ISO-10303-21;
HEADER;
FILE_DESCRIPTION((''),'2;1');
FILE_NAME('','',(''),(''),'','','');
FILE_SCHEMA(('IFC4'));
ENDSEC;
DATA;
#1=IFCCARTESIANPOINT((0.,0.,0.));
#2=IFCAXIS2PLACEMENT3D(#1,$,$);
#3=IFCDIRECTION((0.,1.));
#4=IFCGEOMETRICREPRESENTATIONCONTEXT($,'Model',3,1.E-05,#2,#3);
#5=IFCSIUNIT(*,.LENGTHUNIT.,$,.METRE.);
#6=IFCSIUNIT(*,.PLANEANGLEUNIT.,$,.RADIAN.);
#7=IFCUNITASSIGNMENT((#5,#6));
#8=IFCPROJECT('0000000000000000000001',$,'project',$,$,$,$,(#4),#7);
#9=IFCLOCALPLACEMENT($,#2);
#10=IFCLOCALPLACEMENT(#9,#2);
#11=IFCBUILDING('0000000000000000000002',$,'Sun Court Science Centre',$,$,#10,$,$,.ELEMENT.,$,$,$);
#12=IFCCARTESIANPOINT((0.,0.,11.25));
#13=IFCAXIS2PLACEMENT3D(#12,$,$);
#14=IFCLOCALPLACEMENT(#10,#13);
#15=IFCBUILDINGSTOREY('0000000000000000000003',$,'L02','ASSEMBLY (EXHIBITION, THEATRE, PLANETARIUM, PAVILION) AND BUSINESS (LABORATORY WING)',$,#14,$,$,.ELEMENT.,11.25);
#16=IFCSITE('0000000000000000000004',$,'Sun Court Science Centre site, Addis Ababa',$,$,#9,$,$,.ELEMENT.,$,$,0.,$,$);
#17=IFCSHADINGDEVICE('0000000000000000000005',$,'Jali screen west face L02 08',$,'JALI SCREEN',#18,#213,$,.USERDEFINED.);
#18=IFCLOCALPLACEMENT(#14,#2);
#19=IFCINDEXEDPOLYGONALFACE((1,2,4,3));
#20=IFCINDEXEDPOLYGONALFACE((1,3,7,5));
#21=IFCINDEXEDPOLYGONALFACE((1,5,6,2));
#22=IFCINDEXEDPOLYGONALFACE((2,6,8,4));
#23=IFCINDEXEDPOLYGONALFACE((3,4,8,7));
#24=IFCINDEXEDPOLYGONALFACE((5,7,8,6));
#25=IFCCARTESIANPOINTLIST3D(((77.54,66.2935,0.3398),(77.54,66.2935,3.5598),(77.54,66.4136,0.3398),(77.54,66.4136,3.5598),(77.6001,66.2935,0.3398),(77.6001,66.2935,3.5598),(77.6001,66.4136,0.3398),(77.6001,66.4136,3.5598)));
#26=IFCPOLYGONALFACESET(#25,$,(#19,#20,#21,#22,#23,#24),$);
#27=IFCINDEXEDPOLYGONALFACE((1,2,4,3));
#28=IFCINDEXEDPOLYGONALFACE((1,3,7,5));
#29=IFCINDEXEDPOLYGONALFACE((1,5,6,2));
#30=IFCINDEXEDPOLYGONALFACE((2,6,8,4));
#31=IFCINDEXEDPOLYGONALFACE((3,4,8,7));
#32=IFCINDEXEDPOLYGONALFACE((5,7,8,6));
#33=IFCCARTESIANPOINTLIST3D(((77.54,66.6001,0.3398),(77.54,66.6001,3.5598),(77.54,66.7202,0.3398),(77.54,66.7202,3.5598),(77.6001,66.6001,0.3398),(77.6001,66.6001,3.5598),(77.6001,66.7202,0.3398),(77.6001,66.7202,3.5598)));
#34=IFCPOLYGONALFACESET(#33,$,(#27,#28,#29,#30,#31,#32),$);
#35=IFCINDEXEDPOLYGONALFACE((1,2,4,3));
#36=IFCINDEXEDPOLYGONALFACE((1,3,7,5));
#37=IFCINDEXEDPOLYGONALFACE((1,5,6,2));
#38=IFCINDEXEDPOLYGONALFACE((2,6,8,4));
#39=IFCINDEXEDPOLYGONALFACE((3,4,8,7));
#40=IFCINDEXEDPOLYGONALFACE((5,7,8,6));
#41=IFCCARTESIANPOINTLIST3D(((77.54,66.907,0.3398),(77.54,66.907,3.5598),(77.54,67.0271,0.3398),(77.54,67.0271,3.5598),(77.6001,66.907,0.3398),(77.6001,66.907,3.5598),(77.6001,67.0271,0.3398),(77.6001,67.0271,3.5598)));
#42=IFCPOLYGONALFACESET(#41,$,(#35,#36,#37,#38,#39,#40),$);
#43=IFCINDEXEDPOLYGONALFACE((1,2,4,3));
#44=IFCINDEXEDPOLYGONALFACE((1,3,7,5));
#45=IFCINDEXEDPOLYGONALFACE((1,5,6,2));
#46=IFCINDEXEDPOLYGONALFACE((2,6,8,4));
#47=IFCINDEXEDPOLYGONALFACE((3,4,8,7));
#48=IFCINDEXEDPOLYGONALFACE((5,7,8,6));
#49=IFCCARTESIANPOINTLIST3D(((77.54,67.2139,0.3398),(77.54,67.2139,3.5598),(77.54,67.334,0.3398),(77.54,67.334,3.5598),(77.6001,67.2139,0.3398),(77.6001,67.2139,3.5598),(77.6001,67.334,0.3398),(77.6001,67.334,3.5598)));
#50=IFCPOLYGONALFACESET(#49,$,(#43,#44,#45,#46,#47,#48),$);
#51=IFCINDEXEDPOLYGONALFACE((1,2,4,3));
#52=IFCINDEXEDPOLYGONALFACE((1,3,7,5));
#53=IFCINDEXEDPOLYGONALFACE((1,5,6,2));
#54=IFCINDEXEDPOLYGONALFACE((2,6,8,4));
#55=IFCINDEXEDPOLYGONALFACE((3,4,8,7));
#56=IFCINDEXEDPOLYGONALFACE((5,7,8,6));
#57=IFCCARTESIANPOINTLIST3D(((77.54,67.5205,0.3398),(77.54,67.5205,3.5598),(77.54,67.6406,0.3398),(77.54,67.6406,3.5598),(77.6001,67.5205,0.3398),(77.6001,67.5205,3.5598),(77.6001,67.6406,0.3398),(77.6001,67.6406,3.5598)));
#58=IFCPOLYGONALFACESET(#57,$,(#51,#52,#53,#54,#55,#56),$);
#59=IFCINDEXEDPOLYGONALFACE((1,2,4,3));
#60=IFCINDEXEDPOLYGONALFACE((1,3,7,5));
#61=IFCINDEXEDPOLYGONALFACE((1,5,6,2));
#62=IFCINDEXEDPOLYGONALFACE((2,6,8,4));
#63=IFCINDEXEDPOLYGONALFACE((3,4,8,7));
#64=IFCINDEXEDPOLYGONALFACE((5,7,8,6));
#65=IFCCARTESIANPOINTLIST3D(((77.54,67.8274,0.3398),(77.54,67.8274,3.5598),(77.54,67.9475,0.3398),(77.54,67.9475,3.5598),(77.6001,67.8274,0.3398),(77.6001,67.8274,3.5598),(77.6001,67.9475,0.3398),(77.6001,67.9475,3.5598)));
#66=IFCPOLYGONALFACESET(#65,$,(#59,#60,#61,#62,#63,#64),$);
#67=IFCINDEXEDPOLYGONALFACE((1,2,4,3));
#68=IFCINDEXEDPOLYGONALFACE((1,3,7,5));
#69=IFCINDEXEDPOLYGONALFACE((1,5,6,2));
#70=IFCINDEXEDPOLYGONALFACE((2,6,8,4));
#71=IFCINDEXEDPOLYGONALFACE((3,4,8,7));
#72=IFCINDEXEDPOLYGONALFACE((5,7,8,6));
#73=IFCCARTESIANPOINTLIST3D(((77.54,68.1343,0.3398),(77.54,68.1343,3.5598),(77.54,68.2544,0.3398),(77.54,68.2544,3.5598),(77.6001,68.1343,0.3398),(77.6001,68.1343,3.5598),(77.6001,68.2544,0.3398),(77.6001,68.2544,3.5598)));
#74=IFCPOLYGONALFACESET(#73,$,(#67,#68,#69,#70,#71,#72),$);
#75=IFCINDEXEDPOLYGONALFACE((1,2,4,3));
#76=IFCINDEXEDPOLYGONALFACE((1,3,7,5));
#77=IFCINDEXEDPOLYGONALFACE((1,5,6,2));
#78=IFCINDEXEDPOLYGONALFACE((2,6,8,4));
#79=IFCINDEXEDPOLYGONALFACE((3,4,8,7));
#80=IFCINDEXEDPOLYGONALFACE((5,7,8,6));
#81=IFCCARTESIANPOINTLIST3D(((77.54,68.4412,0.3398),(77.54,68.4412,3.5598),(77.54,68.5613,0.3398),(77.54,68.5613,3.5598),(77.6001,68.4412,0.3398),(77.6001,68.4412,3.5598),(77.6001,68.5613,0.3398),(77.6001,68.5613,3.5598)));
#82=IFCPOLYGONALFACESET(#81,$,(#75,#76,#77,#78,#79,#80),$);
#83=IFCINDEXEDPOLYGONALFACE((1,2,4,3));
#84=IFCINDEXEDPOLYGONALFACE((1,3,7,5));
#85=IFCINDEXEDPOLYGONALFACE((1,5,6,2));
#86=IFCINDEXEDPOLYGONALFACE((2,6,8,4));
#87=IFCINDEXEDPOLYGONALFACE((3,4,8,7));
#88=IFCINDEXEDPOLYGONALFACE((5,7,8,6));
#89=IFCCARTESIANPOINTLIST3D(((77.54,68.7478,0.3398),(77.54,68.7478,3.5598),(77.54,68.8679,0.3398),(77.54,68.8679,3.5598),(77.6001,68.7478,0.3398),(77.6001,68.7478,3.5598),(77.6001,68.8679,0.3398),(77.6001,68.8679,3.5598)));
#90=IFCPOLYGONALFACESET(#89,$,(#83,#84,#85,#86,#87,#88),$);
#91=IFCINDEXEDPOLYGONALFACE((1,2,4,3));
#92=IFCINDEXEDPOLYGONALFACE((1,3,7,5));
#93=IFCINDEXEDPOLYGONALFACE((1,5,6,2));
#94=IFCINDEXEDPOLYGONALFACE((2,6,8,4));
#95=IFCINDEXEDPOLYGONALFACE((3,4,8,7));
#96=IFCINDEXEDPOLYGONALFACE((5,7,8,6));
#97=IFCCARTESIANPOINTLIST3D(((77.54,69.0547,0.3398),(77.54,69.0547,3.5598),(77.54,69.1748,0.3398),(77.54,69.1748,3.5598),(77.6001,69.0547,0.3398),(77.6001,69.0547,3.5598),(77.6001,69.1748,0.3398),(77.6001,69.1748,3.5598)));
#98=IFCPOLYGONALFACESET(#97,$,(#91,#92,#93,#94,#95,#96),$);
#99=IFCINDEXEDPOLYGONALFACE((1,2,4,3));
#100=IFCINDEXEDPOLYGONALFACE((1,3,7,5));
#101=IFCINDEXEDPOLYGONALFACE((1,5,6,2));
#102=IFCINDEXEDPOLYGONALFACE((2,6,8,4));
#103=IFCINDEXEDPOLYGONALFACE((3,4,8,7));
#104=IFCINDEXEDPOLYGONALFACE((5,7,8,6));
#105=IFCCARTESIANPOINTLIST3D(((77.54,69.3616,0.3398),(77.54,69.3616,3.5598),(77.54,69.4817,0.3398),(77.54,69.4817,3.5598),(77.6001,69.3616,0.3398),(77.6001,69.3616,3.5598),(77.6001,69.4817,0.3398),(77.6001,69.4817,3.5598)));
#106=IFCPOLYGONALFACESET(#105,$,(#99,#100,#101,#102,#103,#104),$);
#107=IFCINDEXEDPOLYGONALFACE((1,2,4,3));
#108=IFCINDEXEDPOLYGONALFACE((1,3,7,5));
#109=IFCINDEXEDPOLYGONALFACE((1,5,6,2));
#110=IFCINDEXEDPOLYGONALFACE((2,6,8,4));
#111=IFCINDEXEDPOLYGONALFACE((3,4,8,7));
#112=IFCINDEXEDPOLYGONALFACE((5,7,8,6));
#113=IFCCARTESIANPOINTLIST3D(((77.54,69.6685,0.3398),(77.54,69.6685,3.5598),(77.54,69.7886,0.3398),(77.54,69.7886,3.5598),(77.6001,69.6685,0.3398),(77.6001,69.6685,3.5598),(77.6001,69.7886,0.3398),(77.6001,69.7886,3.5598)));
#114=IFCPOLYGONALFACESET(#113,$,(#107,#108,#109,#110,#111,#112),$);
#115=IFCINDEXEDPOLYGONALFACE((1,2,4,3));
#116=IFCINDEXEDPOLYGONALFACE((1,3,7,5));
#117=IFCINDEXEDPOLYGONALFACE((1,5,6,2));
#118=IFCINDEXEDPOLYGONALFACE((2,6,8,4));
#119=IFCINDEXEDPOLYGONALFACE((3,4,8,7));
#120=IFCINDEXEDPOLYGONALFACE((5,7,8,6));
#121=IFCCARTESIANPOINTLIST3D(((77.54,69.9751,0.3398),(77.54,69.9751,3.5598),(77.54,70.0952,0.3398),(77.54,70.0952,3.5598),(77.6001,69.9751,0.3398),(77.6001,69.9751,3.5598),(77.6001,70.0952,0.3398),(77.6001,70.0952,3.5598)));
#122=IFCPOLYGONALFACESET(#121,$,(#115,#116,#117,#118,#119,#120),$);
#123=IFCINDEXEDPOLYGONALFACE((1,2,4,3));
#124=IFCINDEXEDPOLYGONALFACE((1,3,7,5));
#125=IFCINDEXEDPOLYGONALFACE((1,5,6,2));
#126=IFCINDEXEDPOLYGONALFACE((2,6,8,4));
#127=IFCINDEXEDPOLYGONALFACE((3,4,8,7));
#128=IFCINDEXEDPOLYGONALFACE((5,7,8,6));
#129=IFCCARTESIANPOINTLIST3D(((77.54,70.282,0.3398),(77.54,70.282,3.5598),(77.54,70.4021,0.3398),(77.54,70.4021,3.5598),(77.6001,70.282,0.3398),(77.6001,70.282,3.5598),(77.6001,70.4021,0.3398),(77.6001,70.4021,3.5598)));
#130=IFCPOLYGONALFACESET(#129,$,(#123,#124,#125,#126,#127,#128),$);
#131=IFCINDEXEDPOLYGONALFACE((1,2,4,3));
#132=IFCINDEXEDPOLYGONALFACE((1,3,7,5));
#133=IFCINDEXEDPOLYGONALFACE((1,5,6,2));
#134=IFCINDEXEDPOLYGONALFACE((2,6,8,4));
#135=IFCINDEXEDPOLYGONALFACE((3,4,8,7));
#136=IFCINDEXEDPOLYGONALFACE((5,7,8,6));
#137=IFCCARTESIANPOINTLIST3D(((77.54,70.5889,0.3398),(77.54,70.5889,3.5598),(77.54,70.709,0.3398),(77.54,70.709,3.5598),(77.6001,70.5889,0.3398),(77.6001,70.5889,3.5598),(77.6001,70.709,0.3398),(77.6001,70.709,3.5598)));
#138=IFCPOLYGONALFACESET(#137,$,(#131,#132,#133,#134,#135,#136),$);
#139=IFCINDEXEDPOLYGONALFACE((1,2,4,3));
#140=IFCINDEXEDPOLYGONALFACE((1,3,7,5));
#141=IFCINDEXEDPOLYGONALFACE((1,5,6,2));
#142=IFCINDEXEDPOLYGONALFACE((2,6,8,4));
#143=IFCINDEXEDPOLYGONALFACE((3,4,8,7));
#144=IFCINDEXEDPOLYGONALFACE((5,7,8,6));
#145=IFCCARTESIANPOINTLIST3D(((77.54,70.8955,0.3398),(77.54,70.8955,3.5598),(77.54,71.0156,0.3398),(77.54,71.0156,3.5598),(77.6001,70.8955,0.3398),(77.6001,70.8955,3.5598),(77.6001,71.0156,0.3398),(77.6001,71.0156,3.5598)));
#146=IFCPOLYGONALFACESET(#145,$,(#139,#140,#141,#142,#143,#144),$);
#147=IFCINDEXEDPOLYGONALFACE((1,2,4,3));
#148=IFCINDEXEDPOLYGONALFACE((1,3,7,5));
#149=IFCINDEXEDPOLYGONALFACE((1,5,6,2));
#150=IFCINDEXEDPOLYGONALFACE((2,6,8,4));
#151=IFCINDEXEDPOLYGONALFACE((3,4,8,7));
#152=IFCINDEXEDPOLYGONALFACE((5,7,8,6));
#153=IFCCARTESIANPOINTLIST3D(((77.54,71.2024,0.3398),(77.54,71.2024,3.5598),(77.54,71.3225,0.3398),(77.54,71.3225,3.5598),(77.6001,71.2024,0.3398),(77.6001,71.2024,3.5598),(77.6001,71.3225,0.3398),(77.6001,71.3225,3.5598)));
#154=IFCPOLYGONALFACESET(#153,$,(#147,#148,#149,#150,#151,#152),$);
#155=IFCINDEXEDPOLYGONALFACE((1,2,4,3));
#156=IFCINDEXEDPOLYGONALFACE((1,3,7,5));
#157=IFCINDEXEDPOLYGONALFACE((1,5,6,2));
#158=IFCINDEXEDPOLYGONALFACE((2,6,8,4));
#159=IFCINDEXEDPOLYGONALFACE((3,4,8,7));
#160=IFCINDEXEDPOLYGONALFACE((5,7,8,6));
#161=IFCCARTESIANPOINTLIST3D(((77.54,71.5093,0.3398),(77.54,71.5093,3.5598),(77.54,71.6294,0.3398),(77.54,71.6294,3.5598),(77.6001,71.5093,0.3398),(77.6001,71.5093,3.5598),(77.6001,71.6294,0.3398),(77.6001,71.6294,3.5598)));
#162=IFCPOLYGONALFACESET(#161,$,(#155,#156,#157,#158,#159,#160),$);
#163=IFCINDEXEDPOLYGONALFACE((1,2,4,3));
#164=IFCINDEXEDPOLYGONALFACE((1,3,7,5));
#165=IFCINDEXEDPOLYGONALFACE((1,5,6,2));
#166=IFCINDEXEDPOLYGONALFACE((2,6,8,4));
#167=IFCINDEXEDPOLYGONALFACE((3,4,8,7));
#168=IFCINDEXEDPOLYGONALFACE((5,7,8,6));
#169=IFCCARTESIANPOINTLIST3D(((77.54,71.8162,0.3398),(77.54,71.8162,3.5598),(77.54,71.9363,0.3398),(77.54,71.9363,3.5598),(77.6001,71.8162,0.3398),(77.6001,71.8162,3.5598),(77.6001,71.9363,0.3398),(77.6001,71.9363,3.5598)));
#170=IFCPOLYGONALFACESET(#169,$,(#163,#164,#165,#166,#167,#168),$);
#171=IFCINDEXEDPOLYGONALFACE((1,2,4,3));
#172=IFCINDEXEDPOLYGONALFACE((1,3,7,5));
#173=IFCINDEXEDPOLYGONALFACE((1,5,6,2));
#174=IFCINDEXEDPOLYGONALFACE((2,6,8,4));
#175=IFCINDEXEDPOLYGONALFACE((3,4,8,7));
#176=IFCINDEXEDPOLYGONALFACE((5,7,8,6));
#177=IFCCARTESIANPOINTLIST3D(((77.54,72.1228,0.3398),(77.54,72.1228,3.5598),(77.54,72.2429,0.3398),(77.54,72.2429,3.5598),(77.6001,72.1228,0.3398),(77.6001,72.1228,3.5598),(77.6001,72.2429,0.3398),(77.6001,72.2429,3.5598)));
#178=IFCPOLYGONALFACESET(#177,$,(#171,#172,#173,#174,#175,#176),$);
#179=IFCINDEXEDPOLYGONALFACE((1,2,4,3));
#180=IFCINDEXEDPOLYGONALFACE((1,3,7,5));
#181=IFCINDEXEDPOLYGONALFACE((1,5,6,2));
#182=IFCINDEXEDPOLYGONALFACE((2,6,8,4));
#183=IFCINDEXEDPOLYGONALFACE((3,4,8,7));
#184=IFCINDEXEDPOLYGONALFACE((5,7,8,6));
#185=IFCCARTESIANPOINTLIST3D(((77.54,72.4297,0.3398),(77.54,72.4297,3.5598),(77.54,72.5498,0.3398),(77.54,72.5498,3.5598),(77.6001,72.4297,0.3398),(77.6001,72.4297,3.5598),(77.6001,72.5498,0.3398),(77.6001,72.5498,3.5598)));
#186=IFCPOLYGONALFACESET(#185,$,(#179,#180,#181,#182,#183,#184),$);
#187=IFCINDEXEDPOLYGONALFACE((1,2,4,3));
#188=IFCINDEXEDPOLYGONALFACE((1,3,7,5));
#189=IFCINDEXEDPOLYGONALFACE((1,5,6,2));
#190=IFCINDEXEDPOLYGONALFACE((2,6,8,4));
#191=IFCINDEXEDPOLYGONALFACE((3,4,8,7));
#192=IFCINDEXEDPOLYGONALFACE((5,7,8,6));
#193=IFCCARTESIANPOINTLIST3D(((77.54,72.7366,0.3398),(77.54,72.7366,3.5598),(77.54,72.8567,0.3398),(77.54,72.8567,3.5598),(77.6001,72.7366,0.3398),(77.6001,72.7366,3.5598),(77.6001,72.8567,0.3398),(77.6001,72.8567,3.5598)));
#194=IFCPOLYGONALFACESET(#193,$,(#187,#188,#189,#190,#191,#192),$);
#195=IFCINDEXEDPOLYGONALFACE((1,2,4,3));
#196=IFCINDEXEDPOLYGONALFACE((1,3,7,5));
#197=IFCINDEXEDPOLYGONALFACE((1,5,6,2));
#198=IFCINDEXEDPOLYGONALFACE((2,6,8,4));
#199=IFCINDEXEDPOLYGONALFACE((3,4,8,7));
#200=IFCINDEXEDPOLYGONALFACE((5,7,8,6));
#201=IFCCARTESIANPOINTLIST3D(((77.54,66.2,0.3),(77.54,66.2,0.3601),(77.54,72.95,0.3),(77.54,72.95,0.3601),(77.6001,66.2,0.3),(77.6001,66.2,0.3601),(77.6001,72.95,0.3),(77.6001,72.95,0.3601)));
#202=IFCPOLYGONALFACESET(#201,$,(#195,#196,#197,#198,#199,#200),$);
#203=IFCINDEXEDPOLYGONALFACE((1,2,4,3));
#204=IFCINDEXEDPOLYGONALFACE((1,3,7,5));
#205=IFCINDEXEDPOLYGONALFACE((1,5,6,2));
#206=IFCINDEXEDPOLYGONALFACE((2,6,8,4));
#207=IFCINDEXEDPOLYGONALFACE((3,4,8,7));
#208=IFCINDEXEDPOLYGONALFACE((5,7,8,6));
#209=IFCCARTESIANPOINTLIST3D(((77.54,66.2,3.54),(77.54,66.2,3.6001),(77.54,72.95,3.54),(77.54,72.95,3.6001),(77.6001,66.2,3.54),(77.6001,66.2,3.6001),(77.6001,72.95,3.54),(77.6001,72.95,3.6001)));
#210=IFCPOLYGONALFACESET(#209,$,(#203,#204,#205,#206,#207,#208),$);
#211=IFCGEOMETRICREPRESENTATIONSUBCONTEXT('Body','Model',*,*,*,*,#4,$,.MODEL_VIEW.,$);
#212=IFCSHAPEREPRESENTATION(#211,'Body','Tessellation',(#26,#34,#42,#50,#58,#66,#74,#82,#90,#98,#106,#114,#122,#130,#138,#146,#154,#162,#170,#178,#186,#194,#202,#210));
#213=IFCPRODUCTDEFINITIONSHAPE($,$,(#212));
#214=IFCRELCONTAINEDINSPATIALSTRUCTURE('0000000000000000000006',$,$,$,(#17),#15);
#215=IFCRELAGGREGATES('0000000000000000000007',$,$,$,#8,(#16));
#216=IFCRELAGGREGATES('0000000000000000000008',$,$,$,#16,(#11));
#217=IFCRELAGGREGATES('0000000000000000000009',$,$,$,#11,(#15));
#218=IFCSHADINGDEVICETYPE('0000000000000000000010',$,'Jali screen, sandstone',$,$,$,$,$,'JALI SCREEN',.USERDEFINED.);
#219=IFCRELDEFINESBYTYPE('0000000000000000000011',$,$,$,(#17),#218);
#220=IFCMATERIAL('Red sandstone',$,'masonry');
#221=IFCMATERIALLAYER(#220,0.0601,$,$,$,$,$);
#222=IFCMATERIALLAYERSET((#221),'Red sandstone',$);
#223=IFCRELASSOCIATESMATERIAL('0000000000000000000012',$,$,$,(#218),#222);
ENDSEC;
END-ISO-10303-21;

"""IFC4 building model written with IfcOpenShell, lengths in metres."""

from ifc_helpers import new_model, si_unit, direction, frame, origin, origin_2d, place, context, subcontext, project, spatial, rectangle, extrude, material, layer, layer_set, type_object, element, save


model = new_model("IFC4")

# Units and contexts
model_context = context("Model", 3, precision=1e-05, world=origin(), true_north=direction((0.0, 1.0)))
body_context = subcontext(model_context, "Body", "Model", "MODEL_VIEW")
ifc_project = project(units=[si_unit("LENGTHUNIT", "METRE"), si_unit("PLANEANGLEUNIT", "RADIAN")], contexts=[model_context])

# Site, building, storey
site_placement = place(None, origin())
site = spatial("IfcSite", under=ifc_project, at=site_placement, Name="Sun Court Science Centre site, Addis Ababa", CompositionType="ELEMENT", RefElevation=0.0)
building_placement = place(site_placement, origin())
building = spatial("IfcBuilding", under=site, at=building_placement, Name="Sun Court Science Centre", CompositionType="ELEMENT")
storey_placement = place(building_placement, frame((0.0, 0.0, 11.25)))
storey = spatial("IfcBuildingStorey", under=building, at=storey_placement, Name="L02", Description="ASSEMBLY (EXHIBITION, THEATRE, PLANETARIUM, PAVILION) AND BUSINESS (LABORATORY WING)", CompositionType="ELEMENT", Elevation=11.25)

# Shading device
ifc_material_1 = material(Name="Red sandstone", Category="masonry")
ifc_layer_1 = layer(ifc_material_1, 0.0601)
ifc_layer_set_1 = layer_set([ifc_layer_1], Name="Red sandstone")
shading_device_type = type_object("IfcShadingDeviceType", Name="Jali screen, sandstone", ElementType="JALI SCREEN", PredefinedType="USERDEFINED", material=ifc_layer_set_1)
shading_device_1_placement = place(storey_placement, frame((0.0, 0.0, -11.25)))
element("IfcShadingDevice", 1, at=shading_device_1_placement, inside=storey, type_object=shading_device_type, Name="Jali screen west face L02 08", ObjectType="JALI SCREEN", PredefinedType="USERDEFINED", context=body_context, shape_type="SweptSolid", body=[
    extrude(rectangle(XDim=0.1201, YDim=0.0601, at=origin_2d()), frame((77.5701, 66.3535, 11.5898), z_axis=(0.0, 0.0, 1.0), x_axis=(0.0, 1.0, 0.0)), (0.0, 0.0, 1.0), 3.22),
    extrude(rectangle(XDim=0.1201, YDim=0.0601, at=origin_2d()), frame((77.5701, 66.6602, 11.5898), z_axis=(0.0, 0.0, 1.0), x_axis=(0.0, 1.0, 0.0)), (0.0, 0.0, 1.0), 3.22),
    extrude(rectangle(XDim=0.1201, YDim=0.0601, at=origin_2d()), frame((77.5701, 66.967, 11.5898), z_axis=(0.0, 0.0, 1.0), x_axis=(0.0, 1.0, 0.0)), (0.0, 0.0, 1.0), 3.22),
    extrude(rectangle(XDim=0.1201, YDim=0.0601, at=origin_2d()), frame((77.5701, 67.2739, 11.5898), z_axis=(0.0, 0.0, 1.0), x_axis=(0.0, 1.0, 0.0)), (0.0, 0.0, 1.0), 3.22),
    extrude(rectangle(XDim=0.1201, YDim=0.0601, at=origin_2d()), frame((77.5701, 67.5806, 11.5898), z_axis=(0.0, 0.0, 1.0), x_axis=(0.0, 1.0, 0.0)), (0.0, 0.0, 1.0), 3.22),
    extrude(rectangle(XDim=0.1201, YDim=0.0601, at=origin_2d()), frame((77.5701, 67.8875, 11.5898), z_axis=(0.0, 0.0, 1.0), x_axis=(0.0, 1.0, 0.0)), (0.0, 0.0, 1.0), 3.22),
    extrude(rectangle(XDim=0.1201, YDim=0.0601, at=origin_2d()), frame((77.5701, 68.1943, 11.5898), z_axis=(0.0, 0.0, 1.0), x_axis=(0.0, 1.0, 0.0)), (0.0, 0.0, 1.0), 3.22),
    extrude(rectangle(XDim=0.1201, YDim=0.0601, at=origin_2d()), frame((77.5701, 68.5012, 11.5898), z_axis=(0.0, 0.0, 1.0), x_axis=(0.0, 1.0, 0.0)), (0.0, 0.0, 1.0), 3.22),
    extrude(rectangle(XDim=0.1201, YDim=0.0601, at=origin_2d()), frame((77.5701, 68.8079, 11.5898), z_axis=(0.0, 0.0, 1.0), x_axis=(0.0, 1.0, 0.0)), (0.0, 0.0, 1.0), 3.22),
    extrude(rectangle(XDim=0.1201, YDim=0.0601, at=origin_2d()), frame((77.5701, 69.1147, 11.5898), z_axis=(0.0, 0.0, 1.0), x_axis=(0.0, 1.0, 0.0)), (0.0, 0.0, 1.0), 3.22),
    extrude(rectangle(XDim=0.1201, YDim=0.0601, at=origin_2d()), frame((77.5701, 69.4216, 11.5898), z_axis=(0.0, 0.0, 1.0), x_axis=(0.0, 1.0, 0.0)), (0.0, 0.0, 1.0), 3.22),
    extrude(rectangle(XDim=0.1201, YDim=0.0601, at=origin_2d()), frame((77.5701, 69.7285, 11.5898), z_axis=(0.0, 0.0, 1.0), x_axis=(0.0, 1.0, 0.0)), (0.0, 0.0, 1.0), 3.22),
    extrude(rectangle(XDim=0.1201, YDim=0.0601, at=origin_2d()), frame((77.5701, 70.0352, 11.5898), z_axis=(0.0, 0.0, 1.0), x_axis=(0.0, 1.0, 0.0)), (0.0, 0.0, 1.0), 3.22),
    extrude(rectangle(XDim=0.1201, YDim=0.0601, at=origin_2d()), frame((77.5701, 70.342, 11.5898), z_axis=(0.0, 0.0, 1.0), x_axis=(0.0, 1.0, 0.0)), (0.0, 0.0, 1.0), 3.22),
    extrude(rectangle(XDim=0.1201, YDim=0.0601, at=origin_2d()), frame((77.5701, 70.6489, 11.5898), z_axis=(0.0, 0.0, 1.0), x_axis=(0.0, 1.0, 0.0)), (0.0, 0.0, 1.0), 3.22),
    extrude(rectangle(XDim=0.1201, YDim=0.0601, at=origin_2d()), frame((77.5701, 70.9556, 11.5898), z_axis=(0.0, 0.0, 1.0), x_axis=(0.0, 1.0, 0.0)), (0.0, 0.0, 1.0), 3.22),
    extrude(rectangle(XDim=0.1201, YDim=0.0601, at=origin_2d()), frame((77.5701, 71.2625, 11.5898), z_axis=(0.0, 0.0, 1.0), x_axis=(0.0, 1.0, 0.0)), (0.0, 0.0, 1.0), 3.22),
    extrude(rectangle(XDim=0.1201, YDim=0.0601, at=origin_2d()), frame((77.5701, 71.5693, 11.5898), z_axis=(0.0, 0.0, 1.0), x_axis=(0.0, 1.0, 0.0)), (0.0, 0.0, 1.0), 3.22),
    extrude(rectangle(XDim=0.1201, YDim=0.0601, at=origin_2d()), frame((77.5701, 71.8762, 11.5898), z_axis=(0.0, 0.0, 1.0), x_axis=(0.0, 1.0, 0.0)), (0.0, 0.0, 1.0), 3.22),
    extrude(rectangle(XDim=0.1201, YDim=0.0601, at=origin_2d()), frame((77.5701, 72.1829, 11.5898), z_axis=(0.0, 0.0, 1.0), x_axis=(0.0, 1.0, 0.0)), (0.0, 0.0, 1.0), 3.22),
    extrude(rectangle(XDim=0.1201, YDim=0.0601, at=origin_2d()), frame((77.5701, 72.4897, 11.5898), z_axis=(0.0, 0.0, 1.0), x_axis=(0.0, 1.0, 0.0)), (0.0, 0.0, 1.0), 3.22),
    extrude(rectangle(XDim=0.1201, YDim=0.0601, at=origin_2d()), frame((77.5701, 72.7966, 11.5898), z_axis=(0.0, 0.0, 1.0), x_axis=(0.0, 1.0, 0.0)), (0.0, 0.0, 1.0), 3.22),
    extrude(rectangle(XDim=6.75, YDim=0.0601, at=origin_2d()), frame((77.5701, 69.575, 11.55), z_axis=(0.0, 0.0, 1.0), x_axis=(0.0, 1.0, 0.0)), (0.0, 0.0, 1.0), 0.0601),
    extrude(rectangle(XDim=6.75, YDim=0.0601, at=origin_2d()), frame((77.5701, 69.575, 14.79), z_axis=(0.0, 0.0, 1.0), x_axis=(0.0, 1.0, 0.0)), (0.0, 0.0, 1.0), 0.0601),
])

save(model, "model.ifc")
